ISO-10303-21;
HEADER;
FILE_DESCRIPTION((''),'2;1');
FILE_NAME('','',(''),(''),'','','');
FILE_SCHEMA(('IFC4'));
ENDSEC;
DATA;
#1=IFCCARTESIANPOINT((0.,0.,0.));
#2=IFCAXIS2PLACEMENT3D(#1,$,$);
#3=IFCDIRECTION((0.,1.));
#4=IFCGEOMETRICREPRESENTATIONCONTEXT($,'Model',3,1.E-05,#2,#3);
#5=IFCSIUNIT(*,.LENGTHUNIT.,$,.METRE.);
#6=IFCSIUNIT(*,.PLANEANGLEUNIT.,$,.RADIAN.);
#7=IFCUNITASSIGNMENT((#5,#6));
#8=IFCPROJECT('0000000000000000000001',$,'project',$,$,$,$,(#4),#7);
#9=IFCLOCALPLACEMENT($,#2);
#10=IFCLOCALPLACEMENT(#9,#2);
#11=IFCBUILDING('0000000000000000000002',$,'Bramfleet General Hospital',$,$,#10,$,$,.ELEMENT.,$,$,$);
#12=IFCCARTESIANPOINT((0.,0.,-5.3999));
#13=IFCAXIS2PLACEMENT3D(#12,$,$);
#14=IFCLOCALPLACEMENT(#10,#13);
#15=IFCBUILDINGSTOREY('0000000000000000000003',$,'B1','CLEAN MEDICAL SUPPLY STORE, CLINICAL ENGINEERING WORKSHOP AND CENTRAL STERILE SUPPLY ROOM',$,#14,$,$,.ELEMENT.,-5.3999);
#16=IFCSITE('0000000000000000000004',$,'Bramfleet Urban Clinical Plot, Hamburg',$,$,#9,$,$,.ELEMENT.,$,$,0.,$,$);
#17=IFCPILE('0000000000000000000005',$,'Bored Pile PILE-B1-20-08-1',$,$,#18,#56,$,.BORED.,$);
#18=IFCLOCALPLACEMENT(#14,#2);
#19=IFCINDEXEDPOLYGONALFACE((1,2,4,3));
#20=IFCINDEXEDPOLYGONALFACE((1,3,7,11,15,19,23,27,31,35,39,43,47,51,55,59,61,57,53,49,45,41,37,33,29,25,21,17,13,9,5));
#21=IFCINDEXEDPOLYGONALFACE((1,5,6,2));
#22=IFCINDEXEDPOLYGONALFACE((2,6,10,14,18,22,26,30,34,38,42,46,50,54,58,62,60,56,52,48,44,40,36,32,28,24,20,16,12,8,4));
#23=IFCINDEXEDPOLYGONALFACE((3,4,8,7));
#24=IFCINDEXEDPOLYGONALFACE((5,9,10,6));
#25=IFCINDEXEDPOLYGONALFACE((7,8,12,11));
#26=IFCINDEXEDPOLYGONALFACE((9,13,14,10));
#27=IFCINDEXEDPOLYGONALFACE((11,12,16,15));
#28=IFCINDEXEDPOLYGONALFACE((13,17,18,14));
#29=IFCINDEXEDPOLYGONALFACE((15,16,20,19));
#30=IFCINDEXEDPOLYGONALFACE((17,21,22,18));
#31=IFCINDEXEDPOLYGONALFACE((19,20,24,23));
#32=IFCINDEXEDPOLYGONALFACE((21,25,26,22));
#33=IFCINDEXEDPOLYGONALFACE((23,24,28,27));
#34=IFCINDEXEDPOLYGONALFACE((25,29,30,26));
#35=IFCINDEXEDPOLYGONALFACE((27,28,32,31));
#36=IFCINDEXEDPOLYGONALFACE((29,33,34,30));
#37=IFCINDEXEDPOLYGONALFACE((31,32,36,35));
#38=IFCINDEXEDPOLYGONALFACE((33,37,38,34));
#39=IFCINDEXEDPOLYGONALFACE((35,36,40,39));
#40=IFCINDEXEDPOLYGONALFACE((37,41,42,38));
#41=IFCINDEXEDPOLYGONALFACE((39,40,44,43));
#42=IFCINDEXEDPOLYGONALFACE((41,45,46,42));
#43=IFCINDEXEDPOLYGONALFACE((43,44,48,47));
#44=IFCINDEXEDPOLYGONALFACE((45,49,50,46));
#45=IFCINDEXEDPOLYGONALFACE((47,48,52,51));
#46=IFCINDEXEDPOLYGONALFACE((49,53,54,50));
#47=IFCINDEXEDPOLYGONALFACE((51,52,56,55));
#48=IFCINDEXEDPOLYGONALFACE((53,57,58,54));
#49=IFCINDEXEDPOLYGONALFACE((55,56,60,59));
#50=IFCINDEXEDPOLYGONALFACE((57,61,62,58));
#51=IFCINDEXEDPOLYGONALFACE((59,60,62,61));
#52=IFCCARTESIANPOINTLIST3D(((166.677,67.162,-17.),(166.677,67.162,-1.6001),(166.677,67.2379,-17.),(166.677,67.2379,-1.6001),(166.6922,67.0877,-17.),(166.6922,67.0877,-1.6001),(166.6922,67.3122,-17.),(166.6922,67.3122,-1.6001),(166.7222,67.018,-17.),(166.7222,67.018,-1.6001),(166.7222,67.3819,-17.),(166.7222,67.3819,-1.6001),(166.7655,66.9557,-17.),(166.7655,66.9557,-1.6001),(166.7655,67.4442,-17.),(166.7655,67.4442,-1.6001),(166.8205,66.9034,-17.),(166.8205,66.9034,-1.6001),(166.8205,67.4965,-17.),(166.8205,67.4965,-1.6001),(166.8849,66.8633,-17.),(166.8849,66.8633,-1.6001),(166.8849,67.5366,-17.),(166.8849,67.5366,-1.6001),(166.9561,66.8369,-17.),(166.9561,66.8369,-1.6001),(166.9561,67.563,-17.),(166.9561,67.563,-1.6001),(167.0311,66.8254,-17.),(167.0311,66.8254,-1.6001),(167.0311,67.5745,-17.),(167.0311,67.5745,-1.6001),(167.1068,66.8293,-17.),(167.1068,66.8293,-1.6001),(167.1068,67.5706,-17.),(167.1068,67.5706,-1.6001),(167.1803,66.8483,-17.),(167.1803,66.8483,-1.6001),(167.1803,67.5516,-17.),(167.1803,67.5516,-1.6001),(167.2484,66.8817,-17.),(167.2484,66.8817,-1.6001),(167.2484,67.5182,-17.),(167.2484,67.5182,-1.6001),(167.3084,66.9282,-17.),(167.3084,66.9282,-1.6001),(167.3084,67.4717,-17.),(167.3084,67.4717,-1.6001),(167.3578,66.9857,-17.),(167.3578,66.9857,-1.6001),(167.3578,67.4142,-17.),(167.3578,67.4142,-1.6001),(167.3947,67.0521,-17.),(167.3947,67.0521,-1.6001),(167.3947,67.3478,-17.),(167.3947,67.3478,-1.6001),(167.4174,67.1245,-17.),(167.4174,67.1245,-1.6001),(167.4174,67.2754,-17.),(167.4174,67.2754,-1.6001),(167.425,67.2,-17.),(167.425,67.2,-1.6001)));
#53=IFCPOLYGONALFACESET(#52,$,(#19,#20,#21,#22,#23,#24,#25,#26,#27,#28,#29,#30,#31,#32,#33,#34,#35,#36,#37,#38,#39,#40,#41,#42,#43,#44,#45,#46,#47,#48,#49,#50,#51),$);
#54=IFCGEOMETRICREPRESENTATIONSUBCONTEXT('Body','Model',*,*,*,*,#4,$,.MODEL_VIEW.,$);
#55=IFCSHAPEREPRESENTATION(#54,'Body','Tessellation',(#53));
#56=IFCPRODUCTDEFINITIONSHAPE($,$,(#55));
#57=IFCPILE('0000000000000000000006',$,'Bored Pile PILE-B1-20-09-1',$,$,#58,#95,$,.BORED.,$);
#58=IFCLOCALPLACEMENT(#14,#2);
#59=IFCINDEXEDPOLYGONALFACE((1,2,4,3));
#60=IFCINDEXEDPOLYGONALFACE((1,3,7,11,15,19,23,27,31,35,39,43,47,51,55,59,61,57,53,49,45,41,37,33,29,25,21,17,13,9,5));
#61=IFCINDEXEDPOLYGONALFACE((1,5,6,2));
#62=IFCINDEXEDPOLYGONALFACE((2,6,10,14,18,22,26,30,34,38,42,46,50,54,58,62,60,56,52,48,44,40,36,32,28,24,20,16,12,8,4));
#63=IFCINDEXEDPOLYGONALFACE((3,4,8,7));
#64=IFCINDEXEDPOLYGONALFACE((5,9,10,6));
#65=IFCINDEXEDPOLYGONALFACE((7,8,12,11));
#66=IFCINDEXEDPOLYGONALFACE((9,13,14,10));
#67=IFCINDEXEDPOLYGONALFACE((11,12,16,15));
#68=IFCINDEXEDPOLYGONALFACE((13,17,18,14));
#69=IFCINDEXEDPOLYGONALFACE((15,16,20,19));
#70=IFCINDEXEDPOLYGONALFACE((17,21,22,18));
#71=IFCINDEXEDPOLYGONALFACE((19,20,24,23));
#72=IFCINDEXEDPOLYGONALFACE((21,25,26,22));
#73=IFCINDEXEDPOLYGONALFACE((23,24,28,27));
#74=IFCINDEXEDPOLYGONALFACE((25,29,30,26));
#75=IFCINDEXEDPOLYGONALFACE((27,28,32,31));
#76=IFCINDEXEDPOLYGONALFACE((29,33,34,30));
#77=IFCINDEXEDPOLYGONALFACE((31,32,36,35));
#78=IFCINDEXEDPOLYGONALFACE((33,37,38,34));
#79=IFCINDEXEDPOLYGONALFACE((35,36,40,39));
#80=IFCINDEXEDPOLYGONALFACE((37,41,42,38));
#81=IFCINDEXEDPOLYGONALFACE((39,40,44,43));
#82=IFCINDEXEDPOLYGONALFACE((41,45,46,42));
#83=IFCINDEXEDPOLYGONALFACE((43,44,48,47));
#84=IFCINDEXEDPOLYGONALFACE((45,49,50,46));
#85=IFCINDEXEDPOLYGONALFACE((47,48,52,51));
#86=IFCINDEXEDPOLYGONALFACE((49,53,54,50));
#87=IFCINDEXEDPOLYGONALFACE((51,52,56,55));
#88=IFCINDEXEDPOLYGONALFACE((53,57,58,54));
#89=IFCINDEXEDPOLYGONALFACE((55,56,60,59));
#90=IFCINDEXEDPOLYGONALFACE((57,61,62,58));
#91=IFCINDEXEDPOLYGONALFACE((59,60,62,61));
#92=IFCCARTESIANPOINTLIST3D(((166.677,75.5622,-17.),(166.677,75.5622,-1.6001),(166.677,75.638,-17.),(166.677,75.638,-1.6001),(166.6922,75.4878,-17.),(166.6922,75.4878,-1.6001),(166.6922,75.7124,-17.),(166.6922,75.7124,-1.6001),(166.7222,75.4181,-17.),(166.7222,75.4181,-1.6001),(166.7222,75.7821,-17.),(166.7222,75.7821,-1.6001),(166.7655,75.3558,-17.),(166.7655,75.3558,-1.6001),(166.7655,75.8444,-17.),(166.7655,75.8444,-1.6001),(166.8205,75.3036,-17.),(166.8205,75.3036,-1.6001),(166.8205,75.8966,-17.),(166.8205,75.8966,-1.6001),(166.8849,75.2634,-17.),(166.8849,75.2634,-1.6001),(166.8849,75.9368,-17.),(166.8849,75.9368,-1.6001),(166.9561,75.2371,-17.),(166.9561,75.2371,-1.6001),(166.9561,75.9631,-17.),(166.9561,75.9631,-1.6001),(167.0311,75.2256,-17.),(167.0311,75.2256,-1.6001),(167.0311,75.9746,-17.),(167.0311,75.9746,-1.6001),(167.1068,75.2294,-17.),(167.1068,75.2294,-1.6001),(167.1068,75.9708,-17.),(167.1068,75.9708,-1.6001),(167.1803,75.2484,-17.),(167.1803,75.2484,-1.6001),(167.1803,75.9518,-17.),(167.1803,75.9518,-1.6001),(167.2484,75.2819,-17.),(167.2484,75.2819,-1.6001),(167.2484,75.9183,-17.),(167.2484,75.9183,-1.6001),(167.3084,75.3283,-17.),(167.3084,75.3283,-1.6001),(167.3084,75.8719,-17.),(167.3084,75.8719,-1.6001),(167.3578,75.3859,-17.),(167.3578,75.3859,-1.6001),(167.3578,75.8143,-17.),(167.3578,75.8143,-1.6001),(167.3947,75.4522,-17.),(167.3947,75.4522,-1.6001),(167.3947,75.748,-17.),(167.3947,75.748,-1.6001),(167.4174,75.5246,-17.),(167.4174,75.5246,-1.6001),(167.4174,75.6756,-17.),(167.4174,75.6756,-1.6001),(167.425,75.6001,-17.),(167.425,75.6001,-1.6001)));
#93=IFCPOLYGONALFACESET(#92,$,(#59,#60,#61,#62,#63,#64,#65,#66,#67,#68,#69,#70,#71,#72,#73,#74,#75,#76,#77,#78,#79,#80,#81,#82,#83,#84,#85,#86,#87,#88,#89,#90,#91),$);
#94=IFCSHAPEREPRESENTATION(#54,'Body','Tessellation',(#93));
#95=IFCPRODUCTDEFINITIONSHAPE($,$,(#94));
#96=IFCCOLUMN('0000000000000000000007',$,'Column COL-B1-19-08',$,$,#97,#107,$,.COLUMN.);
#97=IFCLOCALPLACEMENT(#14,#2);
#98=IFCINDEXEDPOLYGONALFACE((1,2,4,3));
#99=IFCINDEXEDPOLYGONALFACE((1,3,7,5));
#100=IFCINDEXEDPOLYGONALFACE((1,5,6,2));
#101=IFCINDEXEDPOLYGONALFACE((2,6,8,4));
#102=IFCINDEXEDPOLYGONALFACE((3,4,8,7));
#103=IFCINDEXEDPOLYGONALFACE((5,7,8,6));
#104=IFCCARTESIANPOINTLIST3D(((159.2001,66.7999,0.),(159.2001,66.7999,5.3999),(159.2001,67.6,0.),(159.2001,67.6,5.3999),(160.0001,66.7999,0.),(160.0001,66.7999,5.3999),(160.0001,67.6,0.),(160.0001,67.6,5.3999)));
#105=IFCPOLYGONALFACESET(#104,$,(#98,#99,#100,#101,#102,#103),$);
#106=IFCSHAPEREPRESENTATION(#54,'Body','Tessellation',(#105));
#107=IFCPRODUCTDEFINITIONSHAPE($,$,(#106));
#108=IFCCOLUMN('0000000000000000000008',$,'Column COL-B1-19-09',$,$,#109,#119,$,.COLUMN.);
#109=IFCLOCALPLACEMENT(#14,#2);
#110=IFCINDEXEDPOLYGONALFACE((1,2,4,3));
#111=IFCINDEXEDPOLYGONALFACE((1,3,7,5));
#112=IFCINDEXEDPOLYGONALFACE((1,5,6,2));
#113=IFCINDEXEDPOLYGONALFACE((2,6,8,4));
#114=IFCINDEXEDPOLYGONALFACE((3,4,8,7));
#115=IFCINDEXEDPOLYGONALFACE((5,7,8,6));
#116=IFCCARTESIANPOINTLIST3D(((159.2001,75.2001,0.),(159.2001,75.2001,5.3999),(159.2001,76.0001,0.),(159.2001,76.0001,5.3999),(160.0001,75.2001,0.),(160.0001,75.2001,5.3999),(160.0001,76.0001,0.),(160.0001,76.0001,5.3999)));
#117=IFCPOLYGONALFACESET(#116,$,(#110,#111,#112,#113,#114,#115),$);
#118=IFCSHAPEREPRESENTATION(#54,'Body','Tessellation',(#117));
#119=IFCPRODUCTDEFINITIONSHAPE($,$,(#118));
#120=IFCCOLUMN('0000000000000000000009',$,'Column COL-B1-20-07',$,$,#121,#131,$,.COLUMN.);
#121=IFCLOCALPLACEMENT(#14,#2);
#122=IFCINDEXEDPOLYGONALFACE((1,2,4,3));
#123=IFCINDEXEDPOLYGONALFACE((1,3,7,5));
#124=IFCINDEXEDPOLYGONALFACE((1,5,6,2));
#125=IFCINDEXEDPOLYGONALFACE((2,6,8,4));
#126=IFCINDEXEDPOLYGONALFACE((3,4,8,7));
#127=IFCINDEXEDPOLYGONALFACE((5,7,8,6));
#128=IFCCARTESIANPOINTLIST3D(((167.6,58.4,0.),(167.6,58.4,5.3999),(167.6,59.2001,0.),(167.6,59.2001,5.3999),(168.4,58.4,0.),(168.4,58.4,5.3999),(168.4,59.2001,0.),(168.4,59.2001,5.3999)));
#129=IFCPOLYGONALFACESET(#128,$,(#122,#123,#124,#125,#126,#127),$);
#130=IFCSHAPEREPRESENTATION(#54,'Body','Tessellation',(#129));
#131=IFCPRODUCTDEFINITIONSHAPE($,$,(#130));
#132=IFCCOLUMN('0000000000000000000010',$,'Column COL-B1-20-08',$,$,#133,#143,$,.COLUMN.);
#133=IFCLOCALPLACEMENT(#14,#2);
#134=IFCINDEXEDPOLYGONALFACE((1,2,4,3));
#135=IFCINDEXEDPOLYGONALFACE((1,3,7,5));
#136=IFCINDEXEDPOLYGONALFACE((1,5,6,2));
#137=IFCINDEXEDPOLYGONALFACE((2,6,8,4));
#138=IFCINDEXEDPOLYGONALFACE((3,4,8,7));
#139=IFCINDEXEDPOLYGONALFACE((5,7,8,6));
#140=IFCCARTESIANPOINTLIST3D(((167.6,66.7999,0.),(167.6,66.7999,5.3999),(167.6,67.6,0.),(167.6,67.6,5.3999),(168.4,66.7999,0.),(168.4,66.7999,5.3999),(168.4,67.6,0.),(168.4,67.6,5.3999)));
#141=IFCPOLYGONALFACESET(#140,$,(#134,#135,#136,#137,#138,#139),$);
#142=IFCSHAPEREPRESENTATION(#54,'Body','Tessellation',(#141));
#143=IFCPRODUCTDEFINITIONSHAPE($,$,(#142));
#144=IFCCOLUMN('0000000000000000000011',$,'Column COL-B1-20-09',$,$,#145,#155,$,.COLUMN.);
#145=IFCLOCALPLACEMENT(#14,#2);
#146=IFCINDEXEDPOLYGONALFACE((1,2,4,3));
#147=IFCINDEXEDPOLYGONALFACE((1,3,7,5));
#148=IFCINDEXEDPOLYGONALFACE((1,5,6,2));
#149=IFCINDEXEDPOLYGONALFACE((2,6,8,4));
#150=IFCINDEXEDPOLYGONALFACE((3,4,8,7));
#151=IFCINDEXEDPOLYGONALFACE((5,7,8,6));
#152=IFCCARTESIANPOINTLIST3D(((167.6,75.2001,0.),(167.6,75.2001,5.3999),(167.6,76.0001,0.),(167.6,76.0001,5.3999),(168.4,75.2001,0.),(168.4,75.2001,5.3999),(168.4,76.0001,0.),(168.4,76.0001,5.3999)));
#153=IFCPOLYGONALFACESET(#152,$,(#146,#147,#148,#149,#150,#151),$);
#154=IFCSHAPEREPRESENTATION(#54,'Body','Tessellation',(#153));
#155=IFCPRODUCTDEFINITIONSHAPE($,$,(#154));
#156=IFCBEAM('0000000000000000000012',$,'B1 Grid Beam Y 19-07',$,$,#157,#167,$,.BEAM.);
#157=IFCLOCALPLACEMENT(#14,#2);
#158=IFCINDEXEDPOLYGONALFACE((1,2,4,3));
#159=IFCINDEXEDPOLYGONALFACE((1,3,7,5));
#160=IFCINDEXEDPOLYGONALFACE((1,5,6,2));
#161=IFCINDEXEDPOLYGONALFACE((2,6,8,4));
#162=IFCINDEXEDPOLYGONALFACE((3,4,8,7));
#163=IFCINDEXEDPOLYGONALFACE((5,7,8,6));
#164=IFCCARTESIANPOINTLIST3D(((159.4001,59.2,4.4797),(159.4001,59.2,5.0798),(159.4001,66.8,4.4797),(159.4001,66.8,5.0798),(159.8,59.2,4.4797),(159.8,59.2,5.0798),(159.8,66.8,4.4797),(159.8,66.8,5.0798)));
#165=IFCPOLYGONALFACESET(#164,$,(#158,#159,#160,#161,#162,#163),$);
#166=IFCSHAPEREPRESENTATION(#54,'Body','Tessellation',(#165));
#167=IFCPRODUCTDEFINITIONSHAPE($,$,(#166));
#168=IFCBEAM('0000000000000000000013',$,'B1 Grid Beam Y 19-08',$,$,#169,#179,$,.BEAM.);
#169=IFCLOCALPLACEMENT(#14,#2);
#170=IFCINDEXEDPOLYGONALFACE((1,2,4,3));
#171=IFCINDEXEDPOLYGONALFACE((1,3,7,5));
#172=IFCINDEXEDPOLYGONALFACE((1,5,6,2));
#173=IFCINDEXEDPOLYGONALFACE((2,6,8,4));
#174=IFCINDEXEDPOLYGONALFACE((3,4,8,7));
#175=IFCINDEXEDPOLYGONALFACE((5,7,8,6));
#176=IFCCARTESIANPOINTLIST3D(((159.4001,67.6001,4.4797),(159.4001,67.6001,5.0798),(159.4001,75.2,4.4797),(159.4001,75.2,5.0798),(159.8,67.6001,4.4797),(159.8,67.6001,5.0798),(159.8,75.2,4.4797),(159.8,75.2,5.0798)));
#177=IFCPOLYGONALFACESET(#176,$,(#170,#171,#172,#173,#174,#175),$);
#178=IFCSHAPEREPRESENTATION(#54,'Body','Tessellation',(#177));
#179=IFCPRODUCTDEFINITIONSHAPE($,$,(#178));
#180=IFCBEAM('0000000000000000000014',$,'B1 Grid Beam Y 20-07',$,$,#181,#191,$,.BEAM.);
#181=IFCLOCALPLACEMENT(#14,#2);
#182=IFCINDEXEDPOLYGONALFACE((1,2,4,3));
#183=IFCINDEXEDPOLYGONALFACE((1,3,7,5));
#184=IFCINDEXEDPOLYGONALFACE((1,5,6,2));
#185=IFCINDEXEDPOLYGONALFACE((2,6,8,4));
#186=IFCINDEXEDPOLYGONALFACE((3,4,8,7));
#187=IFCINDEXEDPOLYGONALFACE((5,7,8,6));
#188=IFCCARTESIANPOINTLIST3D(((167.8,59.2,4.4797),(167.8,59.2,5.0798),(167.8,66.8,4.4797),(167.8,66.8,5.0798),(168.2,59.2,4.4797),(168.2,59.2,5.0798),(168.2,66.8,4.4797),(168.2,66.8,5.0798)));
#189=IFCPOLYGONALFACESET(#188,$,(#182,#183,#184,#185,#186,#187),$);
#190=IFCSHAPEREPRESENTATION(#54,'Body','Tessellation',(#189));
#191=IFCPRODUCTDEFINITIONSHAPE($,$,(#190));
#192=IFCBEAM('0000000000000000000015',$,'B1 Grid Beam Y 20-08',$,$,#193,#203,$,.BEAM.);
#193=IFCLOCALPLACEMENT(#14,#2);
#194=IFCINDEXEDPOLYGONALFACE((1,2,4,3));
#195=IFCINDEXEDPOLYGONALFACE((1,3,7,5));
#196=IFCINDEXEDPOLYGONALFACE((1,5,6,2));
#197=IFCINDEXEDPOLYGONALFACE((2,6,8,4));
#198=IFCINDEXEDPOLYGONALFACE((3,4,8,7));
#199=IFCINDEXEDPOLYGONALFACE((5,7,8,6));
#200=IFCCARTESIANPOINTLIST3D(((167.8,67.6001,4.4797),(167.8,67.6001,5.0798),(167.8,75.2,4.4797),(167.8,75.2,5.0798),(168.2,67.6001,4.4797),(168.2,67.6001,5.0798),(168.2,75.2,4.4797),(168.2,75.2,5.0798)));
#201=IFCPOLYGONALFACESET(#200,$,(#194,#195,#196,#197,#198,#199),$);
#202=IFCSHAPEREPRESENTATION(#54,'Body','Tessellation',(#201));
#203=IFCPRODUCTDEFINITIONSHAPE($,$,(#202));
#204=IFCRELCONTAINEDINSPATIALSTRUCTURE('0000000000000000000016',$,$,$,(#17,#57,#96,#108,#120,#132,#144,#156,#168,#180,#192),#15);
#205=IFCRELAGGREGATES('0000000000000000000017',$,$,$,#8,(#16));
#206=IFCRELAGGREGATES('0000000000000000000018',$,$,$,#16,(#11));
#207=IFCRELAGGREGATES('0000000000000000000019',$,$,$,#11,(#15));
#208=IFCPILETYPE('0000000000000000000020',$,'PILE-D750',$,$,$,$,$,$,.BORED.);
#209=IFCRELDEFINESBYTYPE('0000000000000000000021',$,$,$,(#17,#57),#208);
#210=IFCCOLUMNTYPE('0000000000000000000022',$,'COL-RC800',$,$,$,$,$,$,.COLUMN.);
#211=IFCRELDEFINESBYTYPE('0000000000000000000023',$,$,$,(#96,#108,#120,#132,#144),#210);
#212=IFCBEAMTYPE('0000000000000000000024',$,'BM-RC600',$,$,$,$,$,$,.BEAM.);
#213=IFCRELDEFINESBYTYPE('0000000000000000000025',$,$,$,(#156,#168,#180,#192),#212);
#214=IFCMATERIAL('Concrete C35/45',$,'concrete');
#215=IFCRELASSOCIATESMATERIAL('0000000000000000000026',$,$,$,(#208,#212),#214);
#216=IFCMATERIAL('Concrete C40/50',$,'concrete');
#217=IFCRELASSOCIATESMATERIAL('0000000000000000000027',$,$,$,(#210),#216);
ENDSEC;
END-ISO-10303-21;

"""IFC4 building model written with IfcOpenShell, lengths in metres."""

from ifc_helpers import new_model, si_unit, direction, frame, origin, origin_2d, place, context, subcontext, project, spatial, rectangle, circle, extrude, material, material_profile, profile_set, type_object, element, save


model = new_model("IFC4")

# Units and contexts
model_context = context("Model", 3, precision=1e-05, world=origin(), true_north=direction((0.0, 1.0)))
body_context = subcontext(model_context, "Body", "Model", "MODEL_VIEW")
ifc_project = project(units=[si_unit("LENGTHUNIT", "METRE"), si_unit("PLANEANGLEUNIT", "RADIAN")], contexts=[model_context])

# Site, building, storey
site_placement = place(None, origin())
site = spatial("IfcSite", under=ifc_project, at=site_placement, Name="Bramfleet Urban Clinical Plot, Hamburg", CompositionType="ELEMENT", RefElevation=0.0)
building_placement = place(site_placement, origin())
building = spatial("IfcBuilding", under=site, at=building_placement, Name="Bramfleet General Hospital", CompositionType="ELEMENT")
storey_placement = place(building_placement, frame((0.0, 0.0, -5.3999)))
storey = spatial("IfcBuildingStorey", under=building, at=storey_placement, Name="B1", Description="CLEAN MEDICAL SUPPLY STORE, CLINICAL ENGINEERING WORKSHOP AND CENTRAL STERILE SUPPLY ROOM", CompositionType="ELEMENT", Elevation=-5.3999)

# Shared definitions
ifc_material_1 = material(Name="Concrete C35/45", Category="concrete")

# Piles
ifc_material_profile_1 = material_profile(ifc_material_1, circle(Radius=0.375, at=origin_2d()), Name="PILE BORED D750")
ifc_profile_set_1 = profile_set([ifc_material_profile_1], Name="Concrete C35/45")
pile_type = type_object("IfcPileType", Name="PILE-D750", PredefinedType="BORED", material=ifc_profile_set_1)
for number, where, z_axis, x_axis, name in (
    (1, (167.05, 67.2, -1.6001), (0.0, 0.0, -1.0), (1.0, 0.0, 0.0), "Bored Pile PILE-B1-20-08-1"),
    (2, (167.05, 75.6001, -1.6001), (0.0, 0.0, -1.0), (1.0, 0.0, 0.0), "Bored Pile PILE-B1-20-09-1"),
):
    element("IfcPile", number, at=place(storey_placement, frame(where, z_axis=z_axis, x_axis=x_axis)), inside=storey, type_object=pile_type, Name=name, PredefinedType="BORED", context=body_context, shape_type="SweptSolid", body=[
        extrude(circle(Radius=0.375, at=origin_2d()), origin(), (0.0, 0.0, 1.0), 15.3999),
    ])

# Columns
ifc_material_2 = material(Name="Concrete C40/50", Category="concrete")
ifc_material_profile_2 = material_profile(ifc_material_2, rectangle(XDim=0.8, YDim=0.8, at=origin_2d()), Name="RC COL 800x800")
ifc_profile_set_2 = profile_set([ifc_material_profile_2], Name="Concrete C40/50")
column_type = type_object("IfcColumnType", Name="COL-RC800", PredefinedType="COLUMN", material=ifc_profile_set_2)
for number, where, z_axis, x_axis, name in (
    (3, (159.6001, 67.2, 0.0), (0.0, 0.0, 1.0), (1.0, 0.0, 0.0), "Column COL-B1-19-08"),
    (4, (159.6001, 75.6001, 0.0), (0.0, 0.0, 1.0), (1.0, 0.0, 0.0), "Column COL-B1-19-09"),
    (5, (168.0, 58.8, 0.0), (0.0, 0.0, 1.0), (1.0, 0.0, 0.0), "Column COL-B1-20-07"),
    (6, (168.0, 67.2, 0.0), (0.0, 0.0, 1.0), (1.0, 0.0, 0.0), "Column COL-B1-20-08"),
    (7, (168.0, 75.6001, 0.0), (0.0, 0.0, 1.0), (1.0, 0.0, 0.0), "Column COL-B1-20-09"),
):
    element("IfcColumn", number, at=place(storey_placement, frame(where, z_axis=z_axis, x_axis=x_axis)), inside=storey, type_object=column_type, Name=name, PredefinedType="COLUMN", context=body_context, shape_type="SweptSolid", body=[
        extrude(rectangle(XDim=0.8, YDim=0.8, at=origin_2d()), origin(), (0.0, 0.0, 1.0), 5.3999),
    ])

# Beams
ifc_material_profile_3 = material_profile(ifc_material_1, rectangle(XDim=0.3999, YDim=0.6001, at=origin_2d()), Name="RC BM 600x400")
ifc_profile_set_3 = profile_set([ifc_material_profile_3], Name="Concrete C35/45")
beam_type_1 = type_object("IfcBeamType", Name="BM-RC600", PredefinedType="BEAM", material=ifc_profile_set_3)
beam_1_placement = place(storey_placement, frame((159.6001, 59.2, 4.7798), z_axis=(0.0, 1.0, 0.0), x_axis=(-1.0, 0.0, 0.0)))
element("IfcBeam", 8, at=beam_1_placement, inside=storey, type_object=beam_type_1, Name="B1 Grid Beam Y 19-07", PredefinedType="BEAM", context=body_context, shape_type="SweptSolid", body=[
    extrude(rectangle(XDim=0.3999, YDim=0.6001, at=origin_2d()), origin(), (0.0, 0.0, 1.0), 7.6001),
])
beam_2_placement = place(storey_placement, frame((159.6001, 67.6001, 4.7798), z_axis=(0.0, 1.0, 0.0), x_axis=(-1.0, 0.0, 0.0)))
element("IfcBeam", 9, at=beam_2_placement, inside=storey, type_object=beam_type_1, Name="B1 Grid Beam Y 19-08", PredefinedType="BEAM", context=body_context, shape_type="SweptSolid", body=[
    extrude(rectangle(XDim=0.3999, YDim=0.6001, at=origin_2d()), origin(), (0.0, 0.0, 1.0), 7.5999),
])
beam_3_placement = place(storey_placement, frame((168.0, 59.2, 4.7798), z_axis=(0.0, 1.0, 0.0), x_axis=(-1.0, 0.0, 0.0)))
element("IfcBeam", 10, at=beam_3_placement, inside=storey, type_object=beam_type_1, Name="B1 Grid Beam Y 20-07", PredefinedType="BEAM", context=body_context, shape_type="SweptSolid", body=[
    extrude(rectangle(XDim=0.3999, YDim=0.6001, at=origin_2d()), origin(), (0.0, 0.0, 1.0), 7.6001),
])
beam_4_placement = place(storey_placement, frame((168.0, 67.6001, 4.7798), z_axis=(0.0, 1.0, 0.0), x_axis=(-1.0, 0.0, 0.0)))
element("IfcBeam", 11, at=beam_4_placement, inside=storey, type_object=beam_type_1, Name="B1 Grid Beam Y 20-08", PredefinedType="BEAM", context=body_context, shape_type="SweptSolid", body=[
    extrude(rectangle(XDim=0.3999, YDim=0.6001, at=origin_2d()), origin(), (0.0, 0.0, 1.0), 7.5999),
])

save(model, "model.ifc")
